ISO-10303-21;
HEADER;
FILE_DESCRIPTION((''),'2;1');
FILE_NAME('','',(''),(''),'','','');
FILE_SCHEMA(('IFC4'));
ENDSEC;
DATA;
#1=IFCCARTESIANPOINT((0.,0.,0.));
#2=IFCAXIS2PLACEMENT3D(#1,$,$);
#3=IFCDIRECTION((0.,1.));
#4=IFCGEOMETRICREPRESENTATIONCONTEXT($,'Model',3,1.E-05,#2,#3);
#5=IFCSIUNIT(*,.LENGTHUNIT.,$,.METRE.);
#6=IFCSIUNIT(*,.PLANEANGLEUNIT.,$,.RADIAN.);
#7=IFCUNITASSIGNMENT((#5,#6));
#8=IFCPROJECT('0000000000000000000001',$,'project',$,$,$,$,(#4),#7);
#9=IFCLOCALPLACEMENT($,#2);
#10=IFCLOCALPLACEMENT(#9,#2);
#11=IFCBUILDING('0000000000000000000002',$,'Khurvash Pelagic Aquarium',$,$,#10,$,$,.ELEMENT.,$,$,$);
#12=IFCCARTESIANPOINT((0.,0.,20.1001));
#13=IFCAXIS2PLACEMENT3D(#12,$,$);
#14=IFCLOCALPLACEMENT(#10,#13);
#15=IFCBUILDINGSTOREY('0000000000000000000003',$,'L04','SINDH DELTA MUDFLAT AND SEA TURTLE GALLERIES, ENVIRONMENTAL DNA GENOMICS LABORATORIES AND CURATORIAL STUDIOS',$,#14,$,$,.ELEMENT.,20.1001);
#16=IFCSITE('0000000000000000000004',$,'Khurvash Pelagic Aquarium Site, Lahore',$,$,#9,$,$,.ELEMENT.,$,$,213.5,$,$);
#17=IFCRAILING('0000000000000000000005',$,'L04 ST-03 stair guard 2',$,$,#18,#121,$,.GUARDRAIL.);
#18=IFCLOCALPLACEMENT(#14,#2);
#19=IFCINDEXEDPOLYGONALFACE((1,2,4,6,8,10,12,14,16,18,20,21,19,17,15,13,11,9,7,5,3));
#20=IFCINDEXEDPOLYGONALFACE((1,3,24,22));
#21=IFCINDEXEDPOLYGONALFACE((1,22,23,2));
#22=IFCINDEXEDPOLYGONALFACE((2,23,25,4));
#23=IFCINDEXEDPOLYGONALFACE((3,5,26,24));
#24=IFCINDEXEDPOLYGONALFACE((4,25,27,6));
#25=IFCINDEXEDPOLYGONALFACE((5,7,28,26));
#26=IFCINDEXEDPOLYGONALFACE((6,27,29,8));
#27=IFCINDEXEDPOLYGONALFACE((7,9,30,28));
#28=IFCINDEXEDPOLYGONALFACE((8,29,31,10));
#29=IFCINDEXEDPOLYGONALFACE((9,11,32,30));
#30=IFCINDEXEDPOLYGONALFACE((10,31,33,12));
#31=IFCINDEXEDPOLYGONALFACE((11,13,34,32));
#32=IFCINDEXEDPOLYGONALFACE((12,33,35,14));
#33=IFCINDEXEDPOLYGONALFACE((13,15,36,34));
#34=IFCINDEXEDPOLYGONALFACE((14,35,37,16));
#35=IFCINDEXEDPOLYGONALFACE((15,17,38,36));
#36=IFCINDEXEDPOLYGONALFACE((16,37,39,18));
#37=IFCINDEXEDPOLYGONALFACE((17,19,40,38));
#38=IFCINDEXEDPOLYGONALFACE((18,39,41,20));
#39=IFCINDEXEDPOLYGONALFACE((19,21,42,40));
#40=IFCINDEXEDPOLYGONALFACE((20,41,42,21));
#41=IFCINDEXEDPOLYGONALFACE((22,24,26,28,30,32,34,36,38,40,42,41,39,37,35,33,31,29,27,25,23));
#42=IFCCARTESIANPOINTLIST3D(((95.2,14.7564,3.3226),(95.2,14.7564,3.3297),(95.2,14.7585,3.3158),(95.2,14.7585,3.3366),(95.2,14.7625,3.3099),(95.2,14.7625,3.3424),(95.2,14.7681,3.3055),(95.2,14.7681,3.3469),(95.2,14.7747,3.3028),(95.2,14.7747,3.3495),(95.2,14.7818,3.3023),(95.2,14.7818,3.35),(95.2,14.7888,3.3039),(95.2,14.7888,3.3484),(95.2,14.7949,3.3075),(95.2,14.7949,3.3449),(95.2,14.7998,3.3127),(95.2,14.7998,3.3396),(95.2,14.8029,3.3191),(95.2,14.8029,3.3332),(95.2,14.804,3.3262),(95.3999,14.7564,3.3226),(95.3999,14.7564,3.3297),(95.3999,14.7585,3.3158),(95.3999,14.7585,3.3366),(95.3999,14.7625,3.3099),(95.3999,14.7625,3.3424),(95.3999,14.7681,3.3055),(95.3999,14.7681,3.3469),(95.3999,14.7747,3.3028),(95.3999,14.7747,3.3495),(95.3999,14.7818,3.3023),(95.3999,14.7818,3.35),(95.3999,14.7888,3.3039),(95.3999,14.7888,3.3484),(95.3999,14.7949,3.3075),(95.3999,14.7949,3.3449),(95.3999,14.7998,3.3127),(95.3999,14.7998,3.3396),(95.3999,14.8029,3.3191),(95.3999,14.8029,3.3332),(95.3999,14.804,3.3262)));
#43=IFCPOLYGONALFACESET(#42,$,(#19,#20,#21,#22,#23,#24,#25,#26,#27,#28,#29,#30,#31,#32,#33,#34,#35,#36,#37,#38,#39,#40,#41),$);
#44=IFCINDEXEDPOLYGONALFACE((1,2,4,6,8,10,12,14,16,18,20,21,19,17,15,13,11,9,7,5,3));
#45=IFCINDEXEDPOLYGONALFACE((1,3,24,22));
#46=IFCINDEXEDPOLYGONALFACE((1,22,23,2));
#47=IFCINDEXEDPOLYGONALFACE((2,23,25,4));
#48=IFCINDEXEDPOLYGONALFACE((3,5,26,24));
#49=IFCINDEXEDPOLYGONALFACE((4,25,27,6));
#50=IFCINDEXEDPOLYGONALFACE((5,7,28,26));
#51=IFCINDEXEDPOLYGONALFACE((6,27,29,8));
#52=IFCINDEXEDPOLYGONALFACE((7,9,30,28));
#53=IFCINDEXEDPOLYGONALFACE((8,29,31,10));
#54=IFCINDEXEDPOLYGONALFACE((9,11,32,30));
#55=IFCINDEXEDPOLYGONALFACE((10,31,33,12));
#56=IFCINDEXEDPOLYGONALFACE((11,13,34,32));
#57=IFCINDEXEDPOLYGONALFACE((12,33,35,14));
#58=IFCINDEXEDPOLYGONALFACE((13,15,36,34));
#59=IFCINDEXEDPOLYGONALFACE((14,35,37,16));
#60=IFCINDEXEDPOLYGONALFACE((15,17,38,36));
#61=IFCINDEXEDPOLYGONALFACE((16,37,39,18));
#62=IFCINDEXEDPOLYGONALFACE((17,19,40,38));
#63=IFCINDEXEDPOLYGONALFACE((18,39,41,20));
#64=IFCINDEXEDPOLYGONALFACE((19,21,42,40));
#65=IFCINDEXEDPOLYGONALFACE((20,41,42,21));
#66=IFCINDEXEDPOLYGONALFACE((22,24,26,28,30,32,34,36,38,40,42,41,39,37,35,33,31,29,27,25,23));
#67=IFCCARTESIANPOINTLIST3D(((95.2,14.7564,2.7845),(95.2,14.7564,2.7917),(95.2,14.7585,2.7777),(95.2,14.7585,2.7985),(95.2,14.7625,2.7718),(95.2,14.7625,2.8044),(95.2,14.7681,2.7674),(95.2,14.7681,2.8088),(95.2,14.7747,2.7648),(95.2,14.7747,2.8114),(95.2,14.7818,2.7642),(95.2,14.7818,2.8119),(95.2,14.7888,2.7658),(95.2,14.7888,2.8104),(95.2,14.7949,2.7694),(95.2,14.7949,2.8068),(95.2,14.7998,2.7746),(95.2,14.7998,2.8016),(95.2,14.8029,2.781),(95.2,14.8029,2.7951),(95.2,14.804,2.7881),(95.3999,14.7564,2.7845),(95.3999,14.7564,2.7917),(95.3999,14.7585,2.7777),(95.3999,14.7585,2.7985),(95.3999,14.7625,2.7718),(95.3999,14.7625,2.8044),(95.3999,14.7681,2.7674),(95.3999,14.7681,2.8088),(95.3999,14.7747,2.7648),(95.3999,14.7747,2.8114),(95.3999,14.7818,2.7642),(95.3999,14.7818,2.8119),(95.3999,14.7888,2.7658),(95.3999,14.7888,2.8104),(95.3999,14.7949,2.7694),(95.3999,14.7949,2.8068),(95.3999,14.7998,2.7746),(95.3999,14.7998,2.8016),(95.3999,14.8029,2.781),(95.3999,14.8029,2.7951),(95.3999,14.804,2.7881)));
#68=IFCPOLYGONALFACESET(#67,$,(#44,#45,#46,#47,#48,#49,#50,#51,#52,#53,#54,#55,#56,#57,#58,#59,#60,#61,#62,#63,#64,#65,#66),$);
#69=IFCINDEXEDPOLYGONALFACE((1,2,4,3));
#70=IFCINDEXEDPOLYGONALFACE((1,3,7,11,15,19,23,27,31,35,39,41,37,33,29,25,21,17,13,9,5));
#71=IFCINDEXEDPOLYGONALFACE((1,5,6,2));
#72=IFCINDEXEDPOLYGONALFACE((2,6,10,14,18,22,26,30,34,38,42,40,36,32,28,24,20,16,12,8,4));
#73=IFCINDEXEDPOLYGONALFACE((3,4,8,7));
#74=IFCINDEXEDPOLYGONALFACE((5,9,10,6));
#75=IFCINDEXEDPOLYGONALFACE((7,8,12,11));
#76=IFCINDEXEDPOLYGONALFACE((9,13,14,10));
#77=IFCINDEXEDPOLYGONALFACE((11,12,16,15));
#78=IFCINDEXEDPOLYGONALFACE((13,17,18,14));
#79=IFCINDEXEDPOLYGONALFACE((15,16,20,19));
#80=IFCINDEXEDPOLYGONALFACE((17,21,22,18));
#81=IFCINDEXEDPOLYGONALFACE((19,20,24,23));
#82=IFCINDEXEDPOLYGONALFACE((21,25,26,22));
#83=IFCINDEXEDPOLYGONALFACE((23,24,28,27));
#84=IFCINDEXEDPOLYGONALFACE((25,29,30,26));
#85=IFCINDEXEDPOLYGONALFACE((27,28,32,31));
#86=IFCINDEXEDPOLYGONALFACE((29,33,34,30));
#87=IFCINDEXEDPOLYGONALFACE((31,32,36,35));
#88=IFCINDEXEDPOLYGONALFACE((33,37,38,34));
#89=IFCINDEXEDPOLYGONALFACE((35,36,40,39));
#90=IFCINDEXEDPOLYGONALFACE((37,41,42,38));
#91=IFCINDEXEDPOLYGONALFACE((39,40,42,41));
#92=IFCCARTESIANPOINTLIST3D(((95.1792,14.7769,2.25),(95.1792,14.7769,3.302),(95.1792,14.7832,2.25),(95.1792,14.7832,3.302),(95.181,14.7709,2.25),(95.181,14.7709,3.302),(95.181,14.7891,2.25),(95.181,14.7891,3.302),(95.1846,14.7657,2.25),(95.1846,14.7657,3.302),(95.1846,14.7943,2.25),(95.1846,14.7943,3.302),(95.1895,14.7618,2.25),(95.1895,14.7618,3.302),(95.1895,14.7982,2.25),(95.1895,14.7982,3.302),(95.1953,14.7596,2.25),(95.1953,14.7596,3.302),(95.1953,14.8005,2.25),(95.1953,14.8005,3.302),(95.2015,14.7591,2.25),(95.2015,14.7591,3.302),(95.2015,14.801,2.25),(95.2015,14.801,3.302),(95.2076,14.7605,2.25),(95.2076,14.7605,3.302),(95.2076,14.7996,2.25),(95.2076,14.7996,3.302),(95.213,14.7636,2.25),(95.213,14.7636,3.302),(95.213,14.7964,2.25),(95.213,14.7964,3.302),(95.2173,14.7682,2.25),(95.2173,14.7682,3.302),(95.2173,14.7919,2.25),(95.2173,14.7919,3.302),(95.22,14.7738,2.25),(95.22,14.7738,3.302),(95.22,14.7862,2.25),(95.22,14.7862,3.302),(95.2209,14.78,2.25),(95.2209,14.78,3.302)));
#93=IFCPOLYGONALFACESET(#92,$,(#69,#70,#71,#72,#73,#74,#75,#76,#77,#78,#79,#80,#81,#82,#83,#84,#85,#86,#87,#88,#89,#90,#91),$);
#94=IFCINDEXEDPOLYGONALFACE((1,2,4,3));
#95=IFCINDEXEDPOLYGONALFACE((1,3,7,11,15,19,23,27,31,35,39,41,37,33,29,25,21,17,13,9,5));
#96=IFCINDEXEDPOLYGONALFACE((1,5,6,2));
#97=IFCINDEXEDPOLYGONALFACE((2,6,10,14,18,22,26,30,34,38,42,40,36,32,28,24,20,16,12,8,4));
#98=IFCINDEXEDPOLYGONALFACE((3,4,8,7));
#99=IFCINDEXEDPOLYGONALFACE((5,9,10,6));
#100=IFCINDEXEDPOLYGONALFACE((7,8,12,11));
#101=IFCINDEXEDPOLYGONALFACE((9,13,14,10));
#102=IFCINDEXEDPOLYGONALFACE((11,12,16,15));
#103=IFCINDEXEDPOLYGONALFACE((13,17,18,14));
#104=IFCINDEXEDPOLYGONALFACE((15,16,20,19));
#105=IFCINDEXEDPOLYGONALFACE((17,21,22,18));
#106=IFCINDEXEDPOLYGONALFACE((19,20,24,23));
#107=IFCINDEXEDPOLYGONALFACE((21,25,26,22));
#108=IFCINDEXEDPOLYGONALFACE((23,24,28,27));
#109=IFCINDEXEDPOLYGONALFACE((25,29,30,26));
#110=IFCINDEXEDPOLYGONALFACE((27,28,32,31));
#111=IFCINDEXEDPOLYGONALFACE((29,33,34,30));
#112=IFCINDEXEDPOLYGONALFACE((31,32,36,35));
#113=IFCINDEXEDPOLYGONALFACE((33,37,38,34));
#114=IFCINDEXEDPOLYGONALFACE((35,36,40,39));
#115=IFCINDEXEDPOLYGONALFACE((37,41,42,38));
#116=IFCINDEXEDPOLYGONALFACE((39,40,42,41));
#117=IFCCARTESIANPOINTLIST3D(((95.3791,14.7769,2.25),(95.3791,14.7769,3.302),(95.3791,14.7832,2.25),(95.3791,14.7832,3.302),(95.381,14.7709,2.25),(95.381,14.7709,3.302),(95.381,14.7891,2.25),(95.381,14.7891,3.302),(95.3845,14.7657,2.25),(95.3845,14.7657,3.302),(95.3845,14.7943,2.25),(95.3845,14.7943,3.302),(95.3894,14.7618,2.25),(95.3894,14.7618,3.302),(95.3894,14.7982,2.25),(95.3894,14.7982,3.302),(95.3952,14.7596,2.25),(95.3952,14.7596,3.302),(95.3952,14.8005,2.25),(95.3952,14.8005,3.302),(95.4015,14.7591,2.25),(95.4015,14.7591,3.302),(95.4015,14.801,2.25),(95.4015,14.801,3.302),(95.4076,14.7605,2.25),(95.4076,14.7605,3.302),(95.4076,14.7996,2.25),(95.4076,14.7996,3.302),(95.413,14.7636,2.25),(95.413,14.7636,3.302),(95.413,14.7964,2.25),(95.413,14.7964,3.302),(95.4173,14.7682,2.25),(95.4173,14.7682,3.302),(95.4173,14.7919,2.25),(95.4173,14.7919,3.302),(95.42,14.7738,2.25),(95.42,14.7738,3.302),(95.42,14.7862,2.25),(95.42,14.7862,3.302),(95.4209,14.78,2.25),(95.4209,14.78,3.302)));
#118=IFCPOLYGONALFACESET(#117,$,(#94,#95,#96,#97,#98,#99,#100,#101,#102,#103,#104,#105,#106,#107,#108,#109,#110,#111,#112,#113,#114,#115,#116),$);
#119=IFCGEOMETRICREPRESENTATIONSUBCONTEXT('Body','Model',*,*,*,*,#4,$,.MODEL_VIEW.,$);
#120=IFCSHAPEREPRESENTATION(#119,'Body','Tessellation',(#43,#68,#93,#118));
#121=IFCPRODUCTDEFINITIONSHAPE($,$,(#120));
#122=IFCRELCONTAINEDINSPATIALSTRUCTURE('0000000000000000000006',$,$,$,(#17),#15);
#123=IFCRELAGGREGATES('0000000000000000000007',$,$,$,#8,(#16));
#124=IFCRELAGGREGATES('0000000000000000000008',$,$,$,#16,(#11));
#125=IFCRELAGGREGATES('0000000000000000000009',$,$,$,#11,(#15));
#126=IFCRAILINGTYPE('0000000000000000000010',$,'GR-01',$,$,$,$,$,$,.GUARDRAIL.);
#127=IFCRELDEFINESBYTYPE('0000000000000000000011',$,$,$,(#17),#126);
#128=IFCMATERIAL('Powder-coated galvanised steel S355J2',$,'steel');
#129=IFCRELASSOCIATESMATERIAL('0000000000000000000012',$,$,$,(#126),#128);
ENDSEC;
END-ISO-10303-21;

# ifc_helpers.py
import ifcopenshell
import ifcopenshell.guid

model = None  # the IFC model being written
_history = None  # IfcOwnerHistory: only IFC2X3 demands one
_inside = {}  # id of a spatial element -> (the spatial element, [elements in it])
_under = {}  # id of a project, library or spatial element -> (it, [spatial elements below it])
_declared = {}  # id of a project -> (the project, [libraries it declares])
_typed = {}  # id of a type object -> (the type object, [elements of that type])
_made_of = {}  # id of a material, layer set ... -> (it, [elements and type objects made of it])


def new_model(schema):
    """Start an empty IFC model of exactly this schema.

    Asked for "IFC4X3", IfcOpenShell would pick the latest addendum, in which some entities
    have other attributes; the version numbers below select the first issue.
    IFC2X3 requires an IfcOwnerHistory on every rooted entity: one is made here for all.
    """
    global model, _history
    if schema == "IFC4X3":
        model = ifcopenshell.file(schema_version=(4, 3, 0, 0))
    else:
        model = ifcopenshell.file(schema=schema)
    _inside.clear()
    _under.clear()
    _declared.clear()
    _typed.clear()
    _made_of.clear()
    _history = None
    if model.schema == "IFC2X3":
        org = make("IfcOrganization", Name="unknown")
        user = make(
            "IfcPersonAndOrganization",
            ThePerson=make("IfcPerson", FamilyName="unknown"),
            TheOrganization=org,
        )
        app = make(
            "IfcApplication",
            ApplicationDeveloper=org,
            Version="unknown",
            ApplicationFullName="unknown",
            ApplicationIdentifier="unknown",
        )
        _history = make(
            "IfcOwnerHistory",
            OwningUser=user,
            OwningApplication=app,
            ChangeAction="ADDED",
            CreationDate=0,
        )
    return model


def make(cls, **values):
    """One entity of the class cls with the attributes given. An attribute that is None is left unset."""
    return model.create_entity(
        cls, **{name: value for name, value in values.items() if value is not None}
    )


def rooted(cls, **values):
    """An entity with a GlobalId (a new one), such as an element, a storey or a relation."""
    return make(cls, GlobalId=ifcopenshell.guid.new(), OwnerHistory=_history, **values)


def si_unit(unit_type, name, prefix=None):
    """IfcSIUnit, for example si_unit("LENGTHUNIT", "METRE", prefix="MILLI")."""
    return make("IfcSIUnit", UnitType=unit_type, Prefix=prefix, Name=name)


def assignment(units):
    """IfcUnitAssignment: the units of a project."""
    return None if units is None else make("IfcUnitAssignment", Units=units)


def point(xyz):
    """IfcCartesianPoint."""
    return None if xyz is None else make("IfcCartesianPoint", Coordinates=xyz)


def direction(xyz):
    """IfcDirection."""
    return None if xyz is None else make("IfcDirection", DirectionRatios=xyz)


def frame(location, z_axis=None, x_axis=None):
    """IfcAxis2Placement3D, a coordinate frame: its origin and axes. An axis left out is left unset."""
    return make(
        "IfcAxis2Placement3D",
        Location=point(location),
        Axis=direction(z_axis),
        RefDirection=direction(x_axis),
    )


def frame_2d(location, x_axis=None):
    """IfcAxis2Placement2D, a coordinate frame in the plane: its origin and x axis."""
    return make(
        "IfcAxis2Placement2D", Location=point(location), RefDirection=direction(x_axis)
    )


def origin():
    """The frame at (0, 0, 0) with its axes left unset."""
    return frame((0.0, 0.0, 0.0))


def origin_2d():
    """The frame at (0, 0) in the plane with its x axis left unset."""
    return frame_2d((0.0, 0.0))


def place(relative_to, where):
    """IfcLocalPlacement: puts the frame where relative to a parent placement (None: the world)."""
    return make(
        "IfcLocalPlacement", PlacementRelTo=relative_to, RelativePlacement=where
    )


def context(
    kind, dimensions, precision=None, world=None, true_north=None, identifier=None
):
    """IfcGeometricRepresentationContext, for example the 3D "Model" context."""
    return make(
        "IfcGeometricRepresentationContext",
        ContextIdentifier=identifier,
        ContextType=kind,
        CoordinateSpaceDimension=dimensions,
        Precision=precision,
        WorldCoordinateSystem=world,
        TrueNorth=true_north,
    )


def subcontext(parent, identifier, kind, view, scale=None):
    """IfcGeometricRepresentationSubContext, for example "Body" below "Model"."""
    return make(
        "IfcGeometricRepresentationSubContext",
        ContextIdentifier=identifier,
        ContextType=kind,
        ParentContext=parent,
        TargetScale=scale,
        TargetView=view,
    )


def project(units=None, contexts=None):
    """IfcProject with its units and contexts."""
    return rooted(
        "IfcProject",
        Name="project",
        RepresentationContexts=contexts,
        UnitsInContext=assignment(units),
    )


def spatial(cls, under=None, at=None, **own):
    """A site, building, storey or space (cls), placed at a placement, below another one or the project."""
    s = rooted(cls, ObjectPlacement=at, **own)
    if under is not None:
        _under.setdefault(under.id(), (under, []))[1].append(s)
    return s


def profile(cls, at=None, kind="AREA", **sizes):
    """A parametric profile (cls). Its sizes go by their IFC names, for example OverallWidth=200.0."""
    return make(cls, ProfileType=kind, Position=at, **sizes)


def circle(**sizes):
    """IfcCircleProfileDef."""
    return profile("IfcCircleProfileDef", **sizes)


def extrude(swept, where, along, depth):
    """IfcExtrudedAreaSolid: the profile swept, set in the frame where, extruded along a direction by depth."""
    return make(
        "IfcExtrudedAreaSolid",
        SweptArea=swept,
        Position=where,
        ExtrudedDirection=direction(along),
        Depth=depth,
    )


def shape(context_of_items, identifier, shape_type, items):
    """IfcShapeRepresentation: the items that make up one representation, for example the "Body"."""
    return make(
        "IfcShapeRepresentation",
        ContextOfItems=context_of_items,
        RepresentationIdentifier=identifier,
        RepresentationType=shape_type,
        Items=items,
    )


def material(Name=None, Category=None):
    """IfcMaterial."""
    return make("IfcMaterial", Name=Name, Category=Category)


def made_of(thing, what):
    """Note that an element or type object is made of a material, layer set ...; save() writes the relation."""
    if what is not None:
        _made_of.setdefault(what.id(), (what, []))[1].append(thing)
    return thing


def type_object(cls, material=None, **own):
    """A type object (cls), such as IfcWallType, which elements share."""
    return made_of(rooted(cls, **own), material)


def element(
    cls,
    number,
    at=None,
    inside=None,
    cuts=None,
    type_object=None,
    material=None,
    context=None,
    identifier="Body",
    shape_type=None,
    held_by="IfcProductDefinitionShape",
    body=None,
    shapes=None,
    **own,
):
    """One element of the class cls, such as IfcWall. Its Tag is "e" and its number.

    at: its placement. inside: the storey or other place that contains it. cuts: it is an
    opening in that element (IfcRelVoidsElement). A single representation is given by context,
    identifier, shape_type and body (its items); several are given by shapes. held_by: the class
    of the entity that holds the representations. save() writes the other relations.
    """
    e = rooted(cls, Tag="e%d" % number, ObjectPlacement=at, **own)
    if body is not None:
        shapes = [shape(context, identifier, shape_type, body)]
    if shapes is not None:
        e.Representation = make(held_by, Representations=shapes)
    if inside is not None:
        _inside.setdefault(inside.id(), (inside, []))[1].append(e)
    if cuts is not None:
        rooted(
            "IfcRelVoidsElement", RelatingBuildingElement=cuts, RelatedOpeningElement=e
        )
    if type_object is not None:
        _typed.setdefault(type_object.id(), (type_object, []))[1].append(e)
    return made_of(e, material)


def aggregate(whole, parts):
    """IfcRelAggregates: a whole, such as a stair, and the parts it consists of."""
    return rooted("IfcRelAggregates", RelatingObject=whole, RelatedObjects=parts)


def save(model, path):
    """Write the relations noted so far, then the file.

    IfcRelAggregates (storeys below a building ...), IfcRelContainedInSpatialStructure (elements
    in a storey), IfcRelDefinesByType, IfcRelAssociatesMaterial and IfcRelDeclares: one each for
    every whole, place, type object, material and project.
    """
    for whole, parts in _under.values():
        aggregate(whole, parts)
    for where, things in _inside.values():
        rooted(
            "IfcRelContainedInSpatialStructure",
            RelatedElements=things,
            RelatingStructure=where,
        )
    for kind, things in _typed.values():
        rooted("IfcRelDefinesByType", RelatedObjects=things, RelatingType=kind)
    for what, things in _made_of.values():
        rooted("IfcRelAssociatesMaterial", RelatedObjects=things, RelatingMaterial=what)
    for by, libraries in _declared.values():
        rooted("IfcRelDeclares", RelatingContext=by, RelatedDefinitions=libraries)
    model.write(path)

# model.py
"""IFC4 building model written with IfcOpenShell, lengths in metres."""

from ifc_helpers import new_model, si_unit, direction, frame, origin, origin_2d, place, context, subcontext, project, spatial, circle, extrude, material, type_object, element, save


model = new_model("IFC4")

# Units and contexts
model_context = context("Model", 3, precision=1e-05, world=origin(), true_north=direction((0.0, 1.0)))
body_context = subcontext(model_context, "Body", "Model", "MODEL_VIEW")
ifc_project = project(units=[si_unit("LENGTHUNIT", "METRE"), si_unit("PLANEANGLEUNIT", "RADIAN")], contexts=[model_context])

# Site, building, storey
site_placement = place(None, origin())
site = spatial("IfcSite", under=ifc_project, at=site_placement, Name="Khurvash Pelagic Aquarium Site, Lahore", CompositionType="ELEMENT", RefElevation=213.5)
building_placement = place(site_placement, origin())
building = spatial("IfcBuilding", under=site, at=building_placement, Name="Khurvash Pelagic Aquarium", CompositionType="ELEMENT")
storey_placement = place(building_placement, frame((0.0, 0.0, 20.1001)))
storey = spatial("IfcBuildingStorey", under=building, at=storey_placement, Name="L04", Description="SINDH DELTA MUDFLAT AND SEA TURTLE GALLERIES, ENVIRONMENTAL DNA GENOMICS LABORATORIES AND CURATORIAL STUDIOS", CompositionType="ELEMENT", Elevation=20.1001)

# Railing
ifc_material_1 = material(Name="Powder-coated galvanised steel S355J2", Category="steel")
railing_type_1 = type_object("IfcRailingType", Name="GR-01", PredefinedType="GUARDRAIL", material=ifc_material_1)
railing_1_placement = place(storey_placement, frame((95.2, 14.78, 2.25)))
element("IfcRailing", 1, at=railing_1_placement, inside=storey, type_object=railing_type_1, Name="L04 ST-03 stair guard 2", PredefinedType="GUARDRAIL", context=body_context, shape_type="SweptSolid", body=[
    extrude(circle(Radius=0.0239, at=origin_2d()), frame((0.0, 0.0, 1.0762), z_axis=(1.0, 0.0, 0.0), x_axis=(0.0, 1.0, 0.0)), (0.0, 0.0, 1.0), 0.2),
    extrude(circle(Radius=0.0239, at=origin_2d()), frame((0.0, 0.0, 0.5381), z_axis=(1.0, 0.0, 0.0), x_axis=(0.0, 1.0, 0.0)), (0.0, 0.0, 1.0), 0.2),
    extrude(circle(Radius=0.021, at=origin_2d()), origin(), (0.0, 0.0, 1.0), 1.052),
    extrude(circle(Radius=0.021, at=origin_2d()), frame((0.2, 0.0, 0.0)), (0.0, 0.0, 1.0), 1.052),
])

save(model, "model.ifc")
